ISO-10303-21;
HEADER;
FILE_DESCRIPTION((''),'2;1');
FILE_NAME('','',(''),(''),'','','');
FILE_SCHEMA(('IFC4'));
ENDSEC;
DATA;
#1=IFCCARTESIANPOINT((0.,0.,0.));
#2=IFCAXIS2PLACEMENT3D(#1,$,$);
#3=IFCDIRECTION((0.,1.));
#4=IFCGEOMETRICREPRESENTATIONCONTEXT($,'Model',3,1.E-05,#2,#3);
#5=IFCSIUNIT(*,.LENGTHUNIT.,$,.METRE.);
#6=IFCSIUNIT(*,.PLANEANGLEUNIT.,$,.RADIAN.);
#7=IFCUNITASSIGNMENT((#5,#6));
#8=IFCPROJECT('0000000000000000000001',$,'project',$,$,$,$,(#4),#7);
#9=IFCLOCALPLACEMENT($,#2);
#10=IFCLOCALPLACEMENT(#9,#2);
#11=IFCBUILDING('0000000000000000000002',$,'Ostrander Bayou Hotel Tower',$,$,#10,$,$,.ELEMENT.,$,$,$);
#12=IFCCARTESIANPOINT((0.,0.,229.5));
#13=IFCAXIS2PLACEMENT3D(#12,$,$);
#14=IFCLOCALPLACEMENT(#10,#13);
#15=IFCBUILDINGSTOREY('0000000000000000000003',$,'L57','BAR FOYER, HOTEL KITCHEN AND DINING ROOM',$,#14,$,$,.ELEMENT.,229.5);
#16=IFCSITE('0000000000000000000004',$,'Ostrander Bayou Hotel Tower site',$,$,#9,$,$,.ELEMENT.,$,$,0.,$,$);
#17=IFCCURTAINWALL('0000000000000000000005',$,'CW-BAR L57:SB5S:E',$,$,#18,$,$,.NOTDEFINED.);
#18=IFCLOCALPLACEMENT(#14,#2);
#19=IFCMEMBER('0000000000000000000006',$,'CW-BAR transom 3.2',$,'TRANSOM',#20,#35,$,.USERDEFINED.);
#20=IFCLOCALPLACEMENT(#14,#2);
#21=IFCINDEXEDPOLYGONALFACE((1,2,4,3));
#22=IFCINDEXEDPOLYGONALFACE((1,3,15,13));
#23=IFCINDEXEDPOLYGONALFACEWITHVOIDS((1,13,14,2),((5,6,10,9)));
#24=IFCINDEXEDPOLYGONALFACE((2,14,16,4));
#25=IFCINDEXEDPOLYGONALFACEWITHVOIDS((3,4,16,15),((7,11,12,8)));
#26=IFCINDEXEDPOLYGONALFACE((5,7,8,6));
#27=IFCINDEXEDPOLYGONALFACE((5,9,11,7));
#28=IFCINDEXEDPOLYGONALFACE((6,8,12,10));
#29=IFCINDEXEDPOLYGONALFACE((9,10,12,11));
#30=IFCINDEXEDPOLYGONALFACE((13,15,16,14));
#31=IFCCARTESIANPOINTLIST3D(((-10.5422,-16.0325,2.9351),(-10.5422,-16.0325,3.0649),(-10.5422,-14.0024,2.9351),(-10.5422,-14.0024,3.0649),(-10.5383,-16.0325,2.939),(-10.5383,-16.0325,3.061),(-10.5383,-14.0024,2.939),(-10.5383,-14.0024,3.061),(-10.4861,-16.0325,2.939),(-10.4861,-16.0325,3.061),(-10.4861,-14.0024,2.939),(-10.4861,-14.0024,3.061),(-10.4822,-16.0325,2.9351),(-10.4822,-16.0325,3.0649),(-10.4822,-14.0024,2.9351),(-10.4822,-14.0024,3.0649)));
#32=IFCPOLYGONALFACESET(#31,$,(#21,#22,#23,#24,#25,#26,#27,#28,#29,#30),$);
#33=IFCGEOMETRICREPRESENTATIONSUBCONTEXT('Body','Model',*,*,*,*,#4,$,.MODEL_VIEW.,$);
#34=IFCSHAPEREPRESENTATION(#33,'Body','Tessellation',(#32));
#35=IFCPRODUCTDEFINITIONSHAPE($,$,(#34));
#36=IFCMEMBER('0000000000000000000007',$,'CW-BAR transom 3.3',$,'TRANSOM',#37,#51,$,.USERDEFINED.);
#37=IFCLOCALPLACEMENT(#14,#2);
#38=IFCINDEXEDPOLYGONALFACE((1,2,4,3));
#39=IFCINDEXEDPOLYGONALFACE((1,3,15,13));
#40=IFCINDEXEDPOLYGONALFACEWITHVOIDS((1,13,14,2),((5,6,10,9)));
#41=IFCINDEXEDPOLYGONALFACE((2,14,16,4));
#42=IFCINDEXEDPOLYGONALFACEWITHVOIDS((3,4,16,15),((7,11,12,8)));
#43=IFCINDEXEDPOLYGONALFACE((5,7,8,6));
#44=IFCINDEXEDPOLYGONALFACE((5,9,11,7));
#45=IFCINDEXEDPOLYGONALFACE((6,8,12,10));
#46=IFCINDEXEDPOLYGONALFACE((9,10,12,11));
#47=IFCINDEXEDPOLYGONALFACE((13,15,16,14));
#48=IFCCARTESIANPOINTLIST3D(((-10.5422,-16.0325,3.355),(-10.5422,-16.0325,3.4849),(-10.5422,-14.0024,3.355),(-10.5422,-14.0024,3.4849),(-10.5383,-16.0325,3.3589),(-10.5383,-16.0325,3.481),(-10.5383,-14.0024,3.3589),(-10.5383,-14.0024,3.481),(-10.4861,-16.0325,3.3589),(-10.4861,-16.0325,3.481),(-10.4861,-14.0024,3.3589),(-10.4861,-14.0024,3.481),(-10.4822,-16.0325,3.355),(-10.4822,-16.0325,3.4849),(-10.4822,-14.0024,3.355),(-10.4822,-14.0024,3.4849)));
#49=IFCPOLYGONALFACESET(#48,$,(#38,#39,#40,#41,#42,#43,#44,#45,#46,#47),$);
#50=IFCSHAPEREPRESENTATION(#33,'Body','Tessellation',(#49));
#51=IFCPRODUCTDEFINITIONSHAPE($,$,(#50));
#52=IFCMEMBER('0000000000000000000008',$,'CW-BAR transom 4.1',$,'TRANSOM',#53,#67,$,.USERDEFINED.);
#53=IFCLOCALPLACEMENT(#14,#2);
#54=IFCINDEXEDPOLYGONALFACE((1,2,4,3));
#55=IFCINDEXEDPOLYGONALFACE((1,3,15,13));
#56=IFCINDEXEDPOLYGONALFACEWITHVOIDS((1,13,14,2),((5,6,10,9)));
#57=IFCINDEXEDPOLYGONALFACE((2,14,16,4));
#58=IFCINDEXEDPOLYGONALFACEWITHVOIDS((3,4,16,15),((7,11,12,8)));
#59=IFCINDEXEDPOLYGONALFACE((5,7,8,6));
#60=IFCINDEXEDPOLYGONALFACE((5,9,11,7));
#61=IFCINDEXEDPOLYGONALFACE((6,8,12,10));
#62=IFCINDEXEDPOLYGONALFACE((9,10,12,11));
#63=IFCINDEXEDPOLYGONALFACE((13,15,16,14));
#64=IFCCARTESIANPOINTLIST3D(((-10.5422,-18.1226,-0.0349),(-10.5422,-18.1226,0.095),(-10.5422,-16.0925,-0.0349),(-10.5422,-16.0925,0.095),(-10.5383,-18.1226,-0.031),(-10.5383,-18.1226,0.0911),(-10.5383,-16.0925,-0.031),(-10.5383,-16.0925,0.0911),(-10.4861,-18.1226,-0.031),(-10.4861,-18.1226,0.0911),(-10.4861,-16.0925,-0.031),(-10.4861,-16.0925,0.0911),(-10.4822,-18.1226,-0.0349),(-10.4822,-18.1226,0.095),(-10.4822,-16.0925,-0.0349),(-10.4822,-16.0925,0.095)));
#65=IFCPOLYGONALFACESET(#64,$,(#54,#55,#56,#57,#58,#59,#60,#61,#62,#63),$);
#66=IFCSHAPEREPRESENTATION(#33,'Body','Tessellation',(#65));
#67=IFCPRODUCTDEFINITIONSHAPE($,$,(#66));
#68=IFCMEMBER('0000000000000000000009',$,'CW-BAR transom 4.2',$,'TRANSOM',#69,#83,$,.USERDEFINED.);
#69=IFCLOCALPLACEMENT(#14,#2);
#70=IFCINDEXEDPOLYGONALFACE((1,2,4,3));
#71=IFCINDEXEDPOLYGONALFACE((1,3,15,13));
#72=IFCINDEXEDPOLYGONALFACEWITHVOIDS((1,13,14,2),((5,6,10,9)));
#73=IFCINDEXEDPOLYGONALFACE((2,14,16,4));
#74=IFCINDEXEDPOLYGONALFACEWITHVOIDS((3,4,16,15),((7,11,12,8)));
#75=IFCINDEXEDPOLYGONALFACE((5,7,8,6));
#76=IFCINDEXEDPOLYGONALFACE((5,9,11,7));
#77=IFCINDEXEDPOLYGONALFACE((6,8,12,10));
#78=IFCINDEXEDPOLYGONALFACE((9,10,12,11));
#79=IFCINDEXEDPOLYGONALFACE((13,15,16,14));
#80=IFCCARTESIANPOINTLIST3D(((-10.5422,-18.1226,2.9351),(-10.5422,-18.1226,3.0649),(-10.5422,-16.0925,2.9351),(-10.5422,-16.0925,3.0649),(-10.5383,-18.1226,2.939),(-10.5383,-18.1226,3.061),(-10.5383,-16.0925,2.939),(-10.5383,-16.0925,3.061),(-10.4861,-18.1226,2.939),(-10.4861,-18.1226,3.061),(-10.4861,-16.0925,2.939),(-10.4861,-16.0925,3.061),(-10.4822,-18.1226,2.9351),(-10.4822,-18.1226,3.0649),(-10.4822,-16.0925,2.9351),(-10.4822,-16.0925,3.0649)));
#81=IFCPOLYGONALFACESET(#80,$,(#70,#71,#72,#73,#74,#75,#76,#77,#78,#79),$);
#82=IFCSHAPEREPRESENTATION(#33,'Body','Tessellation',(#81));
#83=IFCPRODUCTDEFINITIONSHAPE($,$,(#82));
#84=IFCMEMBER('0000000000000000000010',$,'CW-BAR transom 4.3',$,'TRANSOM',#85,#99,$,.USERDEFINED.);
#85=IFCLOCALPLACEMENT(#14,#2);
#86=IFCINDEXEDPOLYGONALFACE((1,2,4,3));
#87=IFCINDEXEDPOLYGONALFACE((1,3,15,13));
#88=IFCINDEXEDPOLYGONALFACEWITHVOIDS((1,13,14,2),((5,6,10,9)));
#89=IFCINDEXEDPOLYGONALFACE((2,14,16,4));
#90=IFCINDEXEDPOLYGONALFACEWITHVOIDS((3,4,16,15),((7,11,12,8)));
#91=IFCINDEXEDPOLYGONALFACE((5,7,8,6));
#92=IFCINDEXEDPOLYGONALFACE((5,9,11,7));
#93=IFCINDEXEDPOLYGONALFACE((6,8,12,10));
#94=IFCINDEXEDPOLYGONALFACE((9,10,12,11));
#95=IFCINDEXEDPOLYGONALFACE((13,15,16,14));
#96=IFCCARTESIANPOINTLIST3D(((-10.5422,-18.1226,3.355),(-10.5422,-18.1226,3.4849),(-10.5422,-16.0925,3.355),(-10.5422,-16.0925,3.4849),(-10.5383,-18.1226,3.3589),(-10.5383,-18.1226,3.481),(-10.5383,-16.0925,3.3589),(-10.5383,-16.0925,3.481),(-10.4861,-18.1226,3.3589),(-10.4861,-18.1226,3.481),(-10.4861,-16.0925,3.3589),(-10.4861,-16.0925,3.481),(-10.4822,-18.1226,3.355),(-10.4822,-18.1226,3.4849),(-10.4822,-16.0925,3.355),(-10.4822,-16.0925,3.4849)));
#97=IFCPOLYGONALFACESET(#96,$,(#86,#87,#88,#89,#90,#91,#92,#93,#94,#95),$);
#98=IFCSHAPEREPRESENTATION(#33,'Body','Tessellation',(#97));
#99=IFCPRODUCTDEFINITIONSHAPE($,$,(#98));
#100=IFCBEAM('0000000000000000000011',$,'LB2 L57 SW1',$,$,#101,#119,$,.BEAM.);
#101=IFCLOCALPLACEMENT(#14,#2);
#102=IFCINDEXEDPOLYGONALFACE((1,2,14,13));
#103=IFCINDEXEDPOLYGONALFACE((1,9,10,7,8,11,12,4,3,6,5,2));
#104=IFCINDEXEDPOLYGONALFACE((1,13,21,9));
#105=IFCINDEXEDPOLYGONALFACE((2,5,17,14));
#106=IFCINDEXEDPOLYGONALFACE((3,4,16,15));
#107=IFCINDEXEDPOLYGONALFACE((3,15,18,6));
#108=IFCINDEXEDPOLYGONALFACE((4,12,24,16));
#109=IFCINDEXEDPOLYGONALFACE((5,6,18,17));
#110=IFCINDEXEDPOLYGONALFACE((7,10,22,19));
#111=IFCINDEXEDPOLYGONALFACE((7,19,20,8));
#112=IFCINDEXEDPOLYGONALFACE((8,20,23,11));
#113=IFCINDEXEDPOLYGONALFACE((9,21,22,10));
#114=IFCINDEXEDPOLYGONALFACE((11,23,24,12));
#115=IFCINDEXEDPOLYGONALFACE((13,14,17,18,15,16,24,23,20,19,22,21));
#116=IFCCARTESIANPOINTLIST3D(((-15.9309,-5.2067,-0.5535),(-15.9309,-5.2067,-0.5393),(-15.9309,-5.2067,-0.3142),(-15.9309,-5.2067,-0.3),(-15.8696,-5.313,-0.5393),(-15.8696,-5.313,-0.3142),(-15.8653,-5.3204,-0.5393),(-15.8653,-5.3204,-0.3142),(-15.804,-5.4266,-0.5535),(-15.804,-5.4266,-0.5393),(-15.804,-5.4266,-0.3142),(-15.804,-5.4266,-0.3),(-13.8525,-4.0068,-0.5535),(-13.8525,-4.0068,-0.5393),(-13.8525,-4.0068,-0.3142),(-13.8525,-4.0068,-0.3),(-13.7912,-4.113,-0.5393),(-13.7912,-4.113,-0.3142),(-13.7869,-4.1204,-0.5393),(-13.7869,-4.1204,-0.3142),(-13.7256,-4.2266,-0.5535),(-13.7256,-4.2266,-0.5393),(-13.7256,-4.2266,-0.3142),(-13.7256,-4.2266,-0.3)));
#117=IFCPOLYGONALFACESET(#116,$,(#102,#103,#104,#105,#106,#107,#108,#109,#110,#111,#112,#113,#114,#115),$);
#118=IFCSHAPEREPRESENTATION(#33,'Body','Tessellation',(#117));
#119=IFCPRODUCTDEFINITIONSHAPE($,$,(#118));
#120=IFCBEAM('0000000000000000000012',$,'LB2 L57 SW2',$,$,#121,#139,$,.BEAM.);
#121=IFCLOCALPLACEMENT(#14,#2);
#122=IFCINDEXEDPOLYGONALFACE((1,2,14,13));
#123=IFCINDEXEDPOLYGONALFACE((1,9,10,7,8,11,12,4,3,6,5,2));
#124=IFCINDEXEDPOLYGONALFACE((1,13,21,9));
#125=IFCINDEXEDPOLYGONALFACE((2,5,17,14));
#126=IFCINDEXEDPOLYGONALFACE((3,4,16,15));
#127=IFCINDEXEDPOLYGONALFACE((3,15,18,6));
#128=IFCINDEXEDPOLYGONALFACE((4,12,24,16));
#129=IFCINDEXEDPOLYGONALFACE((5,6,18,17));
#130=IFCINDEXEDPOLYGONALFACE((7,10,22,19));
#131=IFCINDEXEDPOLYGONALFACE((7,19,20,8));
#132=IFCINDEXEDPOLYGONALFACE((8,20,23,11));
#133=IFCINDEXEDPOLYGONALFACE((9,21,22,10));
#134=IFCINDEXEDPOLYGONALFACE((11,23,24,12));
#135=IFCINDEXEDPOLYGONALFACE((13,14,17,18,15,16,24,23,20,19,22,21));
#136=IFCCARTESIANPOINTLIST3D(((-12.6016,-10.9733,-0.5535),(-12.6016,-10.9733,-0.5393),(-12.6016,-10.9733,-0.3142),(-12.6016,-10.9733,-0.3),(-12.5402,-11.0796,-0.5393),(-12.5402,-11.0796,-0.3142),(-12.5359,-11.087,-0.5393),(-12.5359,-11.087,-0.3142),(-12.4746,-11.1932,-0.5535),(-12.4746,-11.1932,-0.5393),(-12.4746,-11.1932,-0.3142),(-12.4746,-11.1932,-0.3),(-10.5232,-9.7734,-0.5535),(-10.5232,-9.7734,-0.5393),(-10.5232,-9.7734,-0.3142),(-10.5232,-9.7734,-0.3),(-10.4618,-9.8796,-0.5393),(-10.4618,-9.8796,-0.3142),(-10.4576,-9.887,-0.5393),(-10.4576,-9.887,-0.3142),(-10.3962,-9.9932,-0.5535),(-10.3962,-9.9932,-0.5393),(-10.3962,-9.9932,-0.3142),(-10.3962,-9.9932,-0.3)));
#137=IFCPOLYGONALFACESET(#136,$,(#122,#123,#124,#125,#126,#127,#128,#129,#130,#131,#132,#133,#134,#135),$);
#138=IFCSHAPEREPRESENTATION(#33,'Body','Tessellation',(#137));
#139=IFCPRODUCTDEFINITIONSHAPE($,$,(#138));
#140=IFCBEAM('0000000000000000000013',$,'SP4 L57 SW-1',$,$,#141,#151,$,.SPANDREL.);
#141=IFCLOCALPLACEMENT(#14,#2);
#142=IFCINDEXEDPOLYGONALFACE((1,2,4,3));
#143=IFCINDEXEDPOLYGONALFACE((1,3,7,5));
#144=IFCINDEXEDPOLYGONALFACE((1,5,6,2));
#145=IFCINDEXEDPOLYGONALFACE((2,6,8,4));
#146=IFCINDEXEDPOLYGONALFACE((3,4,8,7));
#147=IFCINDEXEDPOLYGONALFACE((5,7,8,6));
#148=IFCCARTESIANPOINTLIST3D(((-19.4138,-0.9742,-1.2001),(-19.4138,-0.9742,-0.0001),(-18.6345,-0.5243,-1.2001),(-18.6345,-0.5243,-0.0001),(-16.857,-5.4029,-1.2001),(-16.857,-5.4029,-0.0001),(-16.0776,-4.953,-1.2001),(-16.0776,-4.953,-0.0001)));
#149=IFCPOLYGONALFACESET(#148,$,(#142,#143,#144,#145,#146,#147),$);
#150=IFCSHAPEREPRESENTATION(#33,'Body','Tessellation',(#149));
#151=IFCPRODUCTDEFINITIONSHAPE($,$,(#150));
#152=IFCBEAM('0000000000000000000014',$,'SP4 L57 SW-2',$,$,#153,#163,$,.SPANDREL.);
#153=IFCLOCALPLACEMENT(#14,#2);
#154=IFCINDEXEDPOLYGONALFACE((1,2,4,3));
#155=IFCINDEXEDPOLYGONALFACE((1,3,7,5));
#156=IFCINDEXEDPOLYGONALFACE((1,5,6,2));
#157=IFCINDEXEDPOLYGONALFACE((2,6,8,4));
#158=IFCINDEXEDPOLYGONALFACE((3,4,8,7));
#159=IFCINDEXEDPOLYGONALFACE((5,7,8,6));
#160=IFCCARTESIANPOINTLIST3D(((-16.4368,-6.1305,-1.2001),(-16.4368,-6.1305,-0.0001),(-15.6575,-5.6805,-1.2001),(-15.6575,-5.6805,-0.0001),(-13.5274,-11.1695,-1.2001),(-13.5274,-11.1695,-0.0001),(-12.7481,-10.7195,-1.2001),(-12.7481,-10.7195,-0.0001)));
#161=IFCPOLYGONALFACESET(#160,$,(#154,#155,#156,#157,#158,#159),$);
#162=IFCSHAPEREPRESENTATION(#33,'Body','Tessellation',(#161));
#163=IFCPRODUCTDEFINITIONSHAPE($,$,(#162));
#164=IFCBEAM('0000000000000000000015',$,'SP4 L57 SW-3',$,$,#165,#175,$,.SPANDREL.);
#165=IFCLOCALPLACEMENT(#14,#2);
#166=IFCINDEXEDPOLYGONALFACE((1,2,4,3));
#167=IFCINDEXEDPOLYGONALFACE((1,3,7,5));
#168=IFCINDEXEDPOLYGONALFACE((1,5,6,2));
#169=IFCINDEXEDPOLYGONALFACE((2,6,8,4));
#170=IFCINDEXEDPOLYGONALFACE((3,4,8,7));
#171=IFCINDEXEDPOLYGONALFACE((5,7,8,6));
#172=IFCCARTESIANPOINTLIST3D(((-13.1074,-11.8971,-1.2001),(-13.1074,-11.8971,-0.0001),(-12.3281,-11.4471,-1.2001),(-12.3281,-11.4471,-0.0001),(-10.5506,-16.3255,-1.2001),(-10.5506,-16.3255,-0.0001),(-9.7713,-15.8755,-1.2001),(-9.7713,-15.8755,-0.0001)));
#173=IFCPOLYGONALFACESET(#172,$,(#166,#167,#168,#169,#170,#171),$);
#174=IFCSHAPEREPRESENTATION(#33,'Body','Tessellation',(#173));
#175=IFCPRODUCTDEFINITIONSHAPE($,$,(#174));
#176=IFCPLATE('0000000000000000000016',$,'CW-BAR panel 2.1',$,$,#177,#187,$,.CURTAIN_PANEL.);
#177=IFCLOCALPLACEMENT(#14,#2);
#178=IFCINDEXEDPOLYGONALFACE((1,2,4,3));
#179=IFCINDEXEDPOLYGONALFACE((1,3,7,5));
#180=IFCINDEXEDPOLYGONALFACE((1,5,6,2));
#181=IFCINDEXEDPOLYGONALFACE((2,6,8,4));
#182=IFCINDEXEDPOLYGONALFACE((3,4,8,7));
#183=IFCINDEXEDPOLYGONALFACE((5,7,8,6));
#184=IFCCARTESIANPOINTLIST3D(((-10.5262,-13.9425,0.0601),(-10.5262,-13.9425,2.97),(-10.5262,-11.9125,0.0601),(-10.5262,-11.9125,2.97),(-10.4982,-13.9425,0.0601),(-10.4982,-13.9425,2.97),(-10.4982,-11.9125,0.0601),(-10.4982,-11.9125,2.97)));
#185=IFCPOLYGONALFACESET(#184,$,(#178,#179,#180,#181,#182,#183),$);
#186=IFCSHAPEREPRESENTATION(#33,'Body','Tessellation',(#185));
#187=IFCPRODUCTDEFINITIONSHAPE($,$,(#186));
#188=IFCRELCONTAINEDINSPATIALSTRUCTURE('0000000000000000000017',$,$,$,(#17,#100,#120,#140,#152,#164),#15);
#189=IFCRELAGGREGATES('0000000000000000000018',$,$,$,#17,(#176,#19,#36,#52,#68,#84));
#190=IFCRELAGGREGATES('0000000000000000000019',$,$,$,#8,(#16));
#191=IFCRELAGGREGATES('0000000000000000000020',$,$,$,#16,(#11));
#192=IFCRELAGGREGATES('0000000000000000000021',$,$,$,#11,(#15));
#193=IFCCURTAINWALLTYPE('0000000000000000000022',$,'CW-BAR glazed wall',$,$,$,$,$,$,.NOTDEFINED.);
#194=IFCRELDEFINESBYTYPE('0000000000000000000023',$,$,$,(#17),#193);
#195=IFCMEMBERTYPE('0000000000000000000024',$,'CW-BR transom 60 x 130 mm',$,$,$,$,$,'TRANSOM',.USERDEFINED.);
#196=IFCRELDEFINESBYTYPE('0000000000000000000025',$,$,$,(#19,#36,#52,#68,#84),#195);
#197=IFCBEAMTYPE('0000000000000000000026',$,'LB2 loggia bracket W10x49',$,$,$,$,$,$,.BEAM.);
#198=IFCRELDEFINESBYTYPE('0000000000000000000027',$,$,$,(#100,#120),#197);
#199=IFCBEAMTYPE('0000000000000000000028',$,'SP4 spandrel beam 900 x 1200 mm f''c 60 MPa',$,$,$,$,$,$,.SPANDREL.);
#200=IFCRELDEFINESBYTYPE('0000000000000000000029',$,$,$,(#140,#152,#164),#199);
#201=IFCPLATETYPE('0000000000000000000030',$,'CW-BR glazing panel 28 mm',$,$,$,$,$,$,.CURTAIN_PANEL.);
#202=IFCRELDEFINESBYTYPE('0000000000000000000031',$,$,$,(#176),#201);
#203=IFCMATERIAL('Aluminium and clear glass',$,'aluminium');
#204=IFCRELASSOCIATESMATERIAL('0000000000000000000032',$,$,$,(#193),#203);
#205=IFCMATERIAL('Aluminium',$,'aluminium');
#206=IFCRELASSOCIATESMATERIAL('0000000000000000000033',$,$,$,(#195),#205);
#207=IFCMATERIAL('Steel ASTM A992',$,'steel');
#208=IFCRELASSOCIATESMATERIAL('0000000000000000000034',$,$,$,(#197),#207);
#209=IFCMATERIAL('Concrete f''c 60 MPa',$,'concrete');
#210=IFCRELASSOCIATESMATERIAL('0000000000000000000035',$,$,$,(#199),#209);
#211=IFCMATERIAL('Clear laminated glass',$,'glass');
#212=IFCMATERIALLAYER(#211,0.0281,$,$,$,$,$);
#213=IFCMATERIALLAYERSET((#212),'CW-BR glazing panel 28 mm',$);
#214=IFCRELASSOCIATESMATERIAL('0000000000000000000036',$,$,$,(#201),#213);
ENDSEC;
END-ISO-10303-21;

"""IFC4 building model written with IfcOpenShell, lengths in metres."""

from ifc_helpers import new_model, si_unit, direction, frame, origin, origin_2d, place, context, subcontext, project, spatial, rectangle, hollow_rectangle, i_section, extrude, material, layer, layer_set, material_profile, profile_set, type_object, element, aggregate, save


model = new_model("IFC4")

# Units and contexts
model_context = context("Model", 3, precision=1e-05, world=origin(), true_north=direction((0.0, 1.0)))
body_context = subcontext(model_context, "Body", "Model", "MODEL_VIEW")
ifc_project = project(units=[si_unit("LENGTHUNIT", "METRE"), si_unit("PLANEANGLEUNIT", "RADIAN")], contexts=[model_context])

# Site, building, storey
site_placement = place(None, origin())
site = spatial("IfcSite", under=ifc_project, at=site_placement, Name="Ostrander Bayou Hotel Tower site", CompositionType="ELEMENT", RefElevation=0.0)
building_placement = place(site_placement, origin())
building = spatial("IfcBuilding", under=site, at=building_placement, Name="Ostrander Bayou Hotel Tower", CompositionType="ELEMENT")
storey_placement = place(building_placement, frame((0.0, 0.0, 229.5)))
storey = spatial("IfcBuildingStorey", under=building, at=storey_placement, Name="L57", Description="BAR FOYER, HOTEL KITCHEN AND DINING ROOM", CompositionType="ELEMENT", Elevation=229.5)

# Curtain wall, members
ifc_material_1 = material(Name="Aluminium and clear glass", Category="aluminium")
curtain_wall_type = type_object("IfcCurtainWallType", Name="CW-BAR glazed wall", PredefinedType="NOTDEFINED", material=ifc_material_1)
curtain_wall_placement = place(storey_placement, origin())
curtain_wall = element("IfcCurtainWall", 1, at=curtain_wall_placement, inside=storey, type_object=curtain_wall_type, Name="CW-BAR L57:SB5S:E", PredefinedType="NOTDEFINED")
ifc_material_2 = material(Name="Aluminium", Category="aluminium")
ifc_material_profile_1 = material_profile(ifc_material_2, hollow_rectangle(XDim=0.0601, YDim=0.1299, WallThickness=0.0039, at=origin_2d()))
ifc_profile_set_1 = profile_set([ifc_material_profile_1], Name="Aluminium")
member_type_1 = type_object("IfcMemberType", Name="CW-BR transom 60 x 130 mm", ElementType="TRANSOM", PredefinedType="USERDEFINED", material=ifc_profile_set_1)
member_1_placement = place(storey_placement, frame((-10.5122, -14.0024, 3.0), z_axis=(0.0, -1.0, 0.0), x_axis=(1.0, 0.0, 0.0)))
member_1 = element("IfcMember", 2, at=member_1_placement, type_object=member_type_1, Name="CW-BAR transom 3.2", ObjectType="TRANSOM", PredefinedType="USERDEFINED", context=body_context, shape_type="SweptSolid", body=[
    extrude(hollow_rectangle(XDim=0.0601, YDim=0.1299, WallThickness=0.0039, at=origin_2d()), origin(), (0.0, 0.0, 1.0), 2.03),
])
member_2_placement = place(storey_placement, frame((-10.5122, -14.0024, 3.4199), z_axis=(0.0, -1.0, 0.0), x_axis=(1.0, 0.0, 0.0)))
member_2 = element("IfcMember", 3, at=member_2_placement, type_object=member_type_1, Name="CW-BAR transom 3.3", ObjectType="TRANSOM", PredefinedType="USERDEFINED", context=body_context, shape_type="SweptSolid", body=[
    extrude(hollow_rectangle(XDim=0.0601, YDim=0.1299, WallThickness=0.0039, at=origin_2d()), origin(), (0.0, 0.0, 1.0), 2.03),
])
member_3_placement = place(storey_placement, frame((-10.5122, -16.0925, 0.03), z_axis=(0.0, -1.0, 0.0), x_axis=(1.0, 0.0, 0.0)))
member_3 = element("IfcMember", 4, at=member_3_placement, type_object=member_type_1, Name="CW-BAR transom 4.1", ObjectType="TRANSOM", PredefinedType="USERDEFINED", context=body_context, shape_type="SweptSolid", body=[
    extrude(hollow_rectangle(XDim=0.0601, YDim=0.1299, WallThickness=0.0039, at=origin_2d()), origin(), (0.0, 0.0, 1.0), 2.03),
])
member_4_placement = place(storey_placement, frame((-10.5122, -16.0925, 3.0), z_axis=(0.0, -1.0, 0.0), x_axis=(1.0, 0.0, 0.0)))
member_4 = element("IfcMember", 5, at=member_4_placement, type_object=member_type_1, Name="CW-BAR transom 4.2", ObjectType="TRANSOM", PredefinedType="USERDEFINED", context=body_context, shape_type="SweptSolid", body=[
    extrude(hollow_rectangle(XDim=0.0601, YDim=0.1299, WallThickness=0.0039, at=origin_2d()), origin(), (0.0, 0.0, 1.0), 2.03),
])
member_5_placement = place(storey_placement, frame((-10.5122, -16.0925, 3.4199), z_axis=(0.0, -1.0, 0.0), x_axis=(1.0, 0.0, 0.0)))
member_5 = element("IfcMember", 6, at=member_5_placement, type_object=member_type_1, Name="CW-BAR transom 4.3", ObjectType="TRANSOM", PredefinedType="USERDEFINED", context=body_context, shape_type="SweptSolid", body=[
    extrude(hollow_rectangle(XDim=0.0601, YDim=0.1299, WallThickness=0.0039, at=origin_2d()), origin(), (0.0, 0.0, 1.0), 2.03),
])

# Beams
ifc_material_3 = material(Name="Steel ASTM A992", Category="steel")
ifc_material_profile_2 = material_profile(ifc_material_3, i_section(OverallWidth=0.2539, OverallDepth=0.2534, WebThickness=0.0085, FlangeThickness=0.0142, at=origin_2d()))
ifc_profile_set_2 = profile_set([ifc_material_profile_2], Name="Steel ASTM A992")
beam_type_1 = type_object("IfcBeamType", Name="LB2 loggia bracket W10x49", PredefinedType="BEAM", material=ifc_profile_set_2)
for number, where, z_axis, x_axis, name in (
    (7, (-15.8674, -5.3167, -0.4268), (0.866025, 0.500001, 0.0), (-0.500001, 0.866025, 0.0), "LB2 L57 SW1"),
    (8, (-12.5381, -11.0833, -0.4268), (0.866025, 0.500001, 0.0), (-0.500001, 0.866025, 0.0), "LB2 L57 SW2"),
):
    element("IfcBeam", number, at=place(storey_placement, frame(where, z_axis=z_axis, x_axis=x_axis)), inside=storey, type_object=beam_type_1, Name=name, PredefinedType="BEAM", context=body_context, shape_type="SweptSolid", body=[
        extrude(i_section(OverallWidth=0.2539, OverallDepth=0.2534, WebThickness=0.0085, FlangeThickness=0.0142, at=origin_2d()), origin(), (0.0, 0.0, 1.0), 2.3999),
    ])
ifc_material_4 = material(Name="Concrete f'c 60 MPa", Category="concrete")
ifc_material_profile_3 = material_profile(ifc_material_4, rectangle(XDim=0.8999, YDim=1.2, at=origin_2d()))
ifc_profile_set_3 = profile_set([ifc_material_profile_3], Name="Concrete f'c 60 MPa")
beam_type_2 = type_object("IfcBeamType", Name="SP4 spandrel beam 900 x 1200 mm f'c 60 MPa", PredefinedType="SPANDREL", material=ifc_profile_set_3)
beam_1_placement = place(storey_placement, frame((-19.0242, -0.7493, -0.6001), z_axis=(0.499995, -0.866028, 0.0), x_axis=(0.866028, 0.499995, 0.0)))
element("IfcBeam", 9, at=beam_1_placement, inside=storey, type_object=beam_type_2, Name="SP4 L57 SW-1", PredefinedType="SPANDREL", context=body_context, shape_type="SweptSolid", body=[
    extrude(rectangle(XDim=0.8999, YDim=1.2, at=origin_2d()), origin(), (0.0, 0.0, 1.0), 5.1138),
])
beam_2_placement = place(storey_placement, frame((-16.0471, -5.9055, -0.6001), z_axis=(0.500015, -0.866016, 0.0), x_axis=(0.866016, 0.500015, 0.0)))
element("IfcBeam", 10, at=beam_2_placement, inside=storey, type_object=beam_type_2, Name="SP4 L57 SW-2", PredefinedType="SPANDREL", context=body_context, shape_type="SweptSolid", body=[
    extrude(rectangle(XDim=0.8999, YDim=1.2, at=origin_2d()), origin(), (0.0, 0.0, 1.0), 5.8186),
])
beam_3_placement = place(storey_placement, frame((-12.7178, -11.6721, -0.6001), z_axis=(0.500016, -0.866016, 0.0), x_axis=(0.866016, 0.500016, 0.0)))
element("IfcBeam", 11, at=beam_3_placement, inside=storey, type_object=beam_type_2, Name="SP4 L57 SW-3", PredefinedType="SPANDREL", context=body_context, shape_type="SweptSolid", body=[
    extrude(rectangle(XDim=0.8999, YDim=1.2, at=origin_2d()), origin(), (0.0, 0.0, 1.0), 5.1135),
])

# Plate
ifc_material_5 = material(Name="Clear laminated glass", Category="glass")
ifc_layer_1 = layer(ifc_material_5, 0.0281)
ifc_layer_set_1 = layer_set([ifc_layer_1], Name="CW-BR glazing panel 28 mm")
plate_type = type_object("IfcPlateType", Name="CW-BR glazing panel 28 mm", PredefinedType="CURTAIN_PANEL", material=ifc_layer_set_1)
plate_1_placement = place(storey_placement, frame((-10.5122, -12.9275, 0.0601), z_axis=(0.0, 0.0, 1.0), x_axis=(0.0, -1.0, 0.0)))
plate_1 = element("IfcPlate", 12, at=plate_1_placement, type_object=plate_type, Name="CW-BAR panel 2.1", PredefinedType="CURTAIN_PANEL", context=body_context, shape_type="SweptSolid", body=[
    extrude(rectangle(XDim=2.03, YDim=0.0281, at=origin_2d()), origin(), (0.0, 0.0, 1.0), 2.9099),
])
aggregate(curtain_wall, [plate_1, member_1, member_2, member_3, member_4, member_5])

save(model, "model.ifc")
